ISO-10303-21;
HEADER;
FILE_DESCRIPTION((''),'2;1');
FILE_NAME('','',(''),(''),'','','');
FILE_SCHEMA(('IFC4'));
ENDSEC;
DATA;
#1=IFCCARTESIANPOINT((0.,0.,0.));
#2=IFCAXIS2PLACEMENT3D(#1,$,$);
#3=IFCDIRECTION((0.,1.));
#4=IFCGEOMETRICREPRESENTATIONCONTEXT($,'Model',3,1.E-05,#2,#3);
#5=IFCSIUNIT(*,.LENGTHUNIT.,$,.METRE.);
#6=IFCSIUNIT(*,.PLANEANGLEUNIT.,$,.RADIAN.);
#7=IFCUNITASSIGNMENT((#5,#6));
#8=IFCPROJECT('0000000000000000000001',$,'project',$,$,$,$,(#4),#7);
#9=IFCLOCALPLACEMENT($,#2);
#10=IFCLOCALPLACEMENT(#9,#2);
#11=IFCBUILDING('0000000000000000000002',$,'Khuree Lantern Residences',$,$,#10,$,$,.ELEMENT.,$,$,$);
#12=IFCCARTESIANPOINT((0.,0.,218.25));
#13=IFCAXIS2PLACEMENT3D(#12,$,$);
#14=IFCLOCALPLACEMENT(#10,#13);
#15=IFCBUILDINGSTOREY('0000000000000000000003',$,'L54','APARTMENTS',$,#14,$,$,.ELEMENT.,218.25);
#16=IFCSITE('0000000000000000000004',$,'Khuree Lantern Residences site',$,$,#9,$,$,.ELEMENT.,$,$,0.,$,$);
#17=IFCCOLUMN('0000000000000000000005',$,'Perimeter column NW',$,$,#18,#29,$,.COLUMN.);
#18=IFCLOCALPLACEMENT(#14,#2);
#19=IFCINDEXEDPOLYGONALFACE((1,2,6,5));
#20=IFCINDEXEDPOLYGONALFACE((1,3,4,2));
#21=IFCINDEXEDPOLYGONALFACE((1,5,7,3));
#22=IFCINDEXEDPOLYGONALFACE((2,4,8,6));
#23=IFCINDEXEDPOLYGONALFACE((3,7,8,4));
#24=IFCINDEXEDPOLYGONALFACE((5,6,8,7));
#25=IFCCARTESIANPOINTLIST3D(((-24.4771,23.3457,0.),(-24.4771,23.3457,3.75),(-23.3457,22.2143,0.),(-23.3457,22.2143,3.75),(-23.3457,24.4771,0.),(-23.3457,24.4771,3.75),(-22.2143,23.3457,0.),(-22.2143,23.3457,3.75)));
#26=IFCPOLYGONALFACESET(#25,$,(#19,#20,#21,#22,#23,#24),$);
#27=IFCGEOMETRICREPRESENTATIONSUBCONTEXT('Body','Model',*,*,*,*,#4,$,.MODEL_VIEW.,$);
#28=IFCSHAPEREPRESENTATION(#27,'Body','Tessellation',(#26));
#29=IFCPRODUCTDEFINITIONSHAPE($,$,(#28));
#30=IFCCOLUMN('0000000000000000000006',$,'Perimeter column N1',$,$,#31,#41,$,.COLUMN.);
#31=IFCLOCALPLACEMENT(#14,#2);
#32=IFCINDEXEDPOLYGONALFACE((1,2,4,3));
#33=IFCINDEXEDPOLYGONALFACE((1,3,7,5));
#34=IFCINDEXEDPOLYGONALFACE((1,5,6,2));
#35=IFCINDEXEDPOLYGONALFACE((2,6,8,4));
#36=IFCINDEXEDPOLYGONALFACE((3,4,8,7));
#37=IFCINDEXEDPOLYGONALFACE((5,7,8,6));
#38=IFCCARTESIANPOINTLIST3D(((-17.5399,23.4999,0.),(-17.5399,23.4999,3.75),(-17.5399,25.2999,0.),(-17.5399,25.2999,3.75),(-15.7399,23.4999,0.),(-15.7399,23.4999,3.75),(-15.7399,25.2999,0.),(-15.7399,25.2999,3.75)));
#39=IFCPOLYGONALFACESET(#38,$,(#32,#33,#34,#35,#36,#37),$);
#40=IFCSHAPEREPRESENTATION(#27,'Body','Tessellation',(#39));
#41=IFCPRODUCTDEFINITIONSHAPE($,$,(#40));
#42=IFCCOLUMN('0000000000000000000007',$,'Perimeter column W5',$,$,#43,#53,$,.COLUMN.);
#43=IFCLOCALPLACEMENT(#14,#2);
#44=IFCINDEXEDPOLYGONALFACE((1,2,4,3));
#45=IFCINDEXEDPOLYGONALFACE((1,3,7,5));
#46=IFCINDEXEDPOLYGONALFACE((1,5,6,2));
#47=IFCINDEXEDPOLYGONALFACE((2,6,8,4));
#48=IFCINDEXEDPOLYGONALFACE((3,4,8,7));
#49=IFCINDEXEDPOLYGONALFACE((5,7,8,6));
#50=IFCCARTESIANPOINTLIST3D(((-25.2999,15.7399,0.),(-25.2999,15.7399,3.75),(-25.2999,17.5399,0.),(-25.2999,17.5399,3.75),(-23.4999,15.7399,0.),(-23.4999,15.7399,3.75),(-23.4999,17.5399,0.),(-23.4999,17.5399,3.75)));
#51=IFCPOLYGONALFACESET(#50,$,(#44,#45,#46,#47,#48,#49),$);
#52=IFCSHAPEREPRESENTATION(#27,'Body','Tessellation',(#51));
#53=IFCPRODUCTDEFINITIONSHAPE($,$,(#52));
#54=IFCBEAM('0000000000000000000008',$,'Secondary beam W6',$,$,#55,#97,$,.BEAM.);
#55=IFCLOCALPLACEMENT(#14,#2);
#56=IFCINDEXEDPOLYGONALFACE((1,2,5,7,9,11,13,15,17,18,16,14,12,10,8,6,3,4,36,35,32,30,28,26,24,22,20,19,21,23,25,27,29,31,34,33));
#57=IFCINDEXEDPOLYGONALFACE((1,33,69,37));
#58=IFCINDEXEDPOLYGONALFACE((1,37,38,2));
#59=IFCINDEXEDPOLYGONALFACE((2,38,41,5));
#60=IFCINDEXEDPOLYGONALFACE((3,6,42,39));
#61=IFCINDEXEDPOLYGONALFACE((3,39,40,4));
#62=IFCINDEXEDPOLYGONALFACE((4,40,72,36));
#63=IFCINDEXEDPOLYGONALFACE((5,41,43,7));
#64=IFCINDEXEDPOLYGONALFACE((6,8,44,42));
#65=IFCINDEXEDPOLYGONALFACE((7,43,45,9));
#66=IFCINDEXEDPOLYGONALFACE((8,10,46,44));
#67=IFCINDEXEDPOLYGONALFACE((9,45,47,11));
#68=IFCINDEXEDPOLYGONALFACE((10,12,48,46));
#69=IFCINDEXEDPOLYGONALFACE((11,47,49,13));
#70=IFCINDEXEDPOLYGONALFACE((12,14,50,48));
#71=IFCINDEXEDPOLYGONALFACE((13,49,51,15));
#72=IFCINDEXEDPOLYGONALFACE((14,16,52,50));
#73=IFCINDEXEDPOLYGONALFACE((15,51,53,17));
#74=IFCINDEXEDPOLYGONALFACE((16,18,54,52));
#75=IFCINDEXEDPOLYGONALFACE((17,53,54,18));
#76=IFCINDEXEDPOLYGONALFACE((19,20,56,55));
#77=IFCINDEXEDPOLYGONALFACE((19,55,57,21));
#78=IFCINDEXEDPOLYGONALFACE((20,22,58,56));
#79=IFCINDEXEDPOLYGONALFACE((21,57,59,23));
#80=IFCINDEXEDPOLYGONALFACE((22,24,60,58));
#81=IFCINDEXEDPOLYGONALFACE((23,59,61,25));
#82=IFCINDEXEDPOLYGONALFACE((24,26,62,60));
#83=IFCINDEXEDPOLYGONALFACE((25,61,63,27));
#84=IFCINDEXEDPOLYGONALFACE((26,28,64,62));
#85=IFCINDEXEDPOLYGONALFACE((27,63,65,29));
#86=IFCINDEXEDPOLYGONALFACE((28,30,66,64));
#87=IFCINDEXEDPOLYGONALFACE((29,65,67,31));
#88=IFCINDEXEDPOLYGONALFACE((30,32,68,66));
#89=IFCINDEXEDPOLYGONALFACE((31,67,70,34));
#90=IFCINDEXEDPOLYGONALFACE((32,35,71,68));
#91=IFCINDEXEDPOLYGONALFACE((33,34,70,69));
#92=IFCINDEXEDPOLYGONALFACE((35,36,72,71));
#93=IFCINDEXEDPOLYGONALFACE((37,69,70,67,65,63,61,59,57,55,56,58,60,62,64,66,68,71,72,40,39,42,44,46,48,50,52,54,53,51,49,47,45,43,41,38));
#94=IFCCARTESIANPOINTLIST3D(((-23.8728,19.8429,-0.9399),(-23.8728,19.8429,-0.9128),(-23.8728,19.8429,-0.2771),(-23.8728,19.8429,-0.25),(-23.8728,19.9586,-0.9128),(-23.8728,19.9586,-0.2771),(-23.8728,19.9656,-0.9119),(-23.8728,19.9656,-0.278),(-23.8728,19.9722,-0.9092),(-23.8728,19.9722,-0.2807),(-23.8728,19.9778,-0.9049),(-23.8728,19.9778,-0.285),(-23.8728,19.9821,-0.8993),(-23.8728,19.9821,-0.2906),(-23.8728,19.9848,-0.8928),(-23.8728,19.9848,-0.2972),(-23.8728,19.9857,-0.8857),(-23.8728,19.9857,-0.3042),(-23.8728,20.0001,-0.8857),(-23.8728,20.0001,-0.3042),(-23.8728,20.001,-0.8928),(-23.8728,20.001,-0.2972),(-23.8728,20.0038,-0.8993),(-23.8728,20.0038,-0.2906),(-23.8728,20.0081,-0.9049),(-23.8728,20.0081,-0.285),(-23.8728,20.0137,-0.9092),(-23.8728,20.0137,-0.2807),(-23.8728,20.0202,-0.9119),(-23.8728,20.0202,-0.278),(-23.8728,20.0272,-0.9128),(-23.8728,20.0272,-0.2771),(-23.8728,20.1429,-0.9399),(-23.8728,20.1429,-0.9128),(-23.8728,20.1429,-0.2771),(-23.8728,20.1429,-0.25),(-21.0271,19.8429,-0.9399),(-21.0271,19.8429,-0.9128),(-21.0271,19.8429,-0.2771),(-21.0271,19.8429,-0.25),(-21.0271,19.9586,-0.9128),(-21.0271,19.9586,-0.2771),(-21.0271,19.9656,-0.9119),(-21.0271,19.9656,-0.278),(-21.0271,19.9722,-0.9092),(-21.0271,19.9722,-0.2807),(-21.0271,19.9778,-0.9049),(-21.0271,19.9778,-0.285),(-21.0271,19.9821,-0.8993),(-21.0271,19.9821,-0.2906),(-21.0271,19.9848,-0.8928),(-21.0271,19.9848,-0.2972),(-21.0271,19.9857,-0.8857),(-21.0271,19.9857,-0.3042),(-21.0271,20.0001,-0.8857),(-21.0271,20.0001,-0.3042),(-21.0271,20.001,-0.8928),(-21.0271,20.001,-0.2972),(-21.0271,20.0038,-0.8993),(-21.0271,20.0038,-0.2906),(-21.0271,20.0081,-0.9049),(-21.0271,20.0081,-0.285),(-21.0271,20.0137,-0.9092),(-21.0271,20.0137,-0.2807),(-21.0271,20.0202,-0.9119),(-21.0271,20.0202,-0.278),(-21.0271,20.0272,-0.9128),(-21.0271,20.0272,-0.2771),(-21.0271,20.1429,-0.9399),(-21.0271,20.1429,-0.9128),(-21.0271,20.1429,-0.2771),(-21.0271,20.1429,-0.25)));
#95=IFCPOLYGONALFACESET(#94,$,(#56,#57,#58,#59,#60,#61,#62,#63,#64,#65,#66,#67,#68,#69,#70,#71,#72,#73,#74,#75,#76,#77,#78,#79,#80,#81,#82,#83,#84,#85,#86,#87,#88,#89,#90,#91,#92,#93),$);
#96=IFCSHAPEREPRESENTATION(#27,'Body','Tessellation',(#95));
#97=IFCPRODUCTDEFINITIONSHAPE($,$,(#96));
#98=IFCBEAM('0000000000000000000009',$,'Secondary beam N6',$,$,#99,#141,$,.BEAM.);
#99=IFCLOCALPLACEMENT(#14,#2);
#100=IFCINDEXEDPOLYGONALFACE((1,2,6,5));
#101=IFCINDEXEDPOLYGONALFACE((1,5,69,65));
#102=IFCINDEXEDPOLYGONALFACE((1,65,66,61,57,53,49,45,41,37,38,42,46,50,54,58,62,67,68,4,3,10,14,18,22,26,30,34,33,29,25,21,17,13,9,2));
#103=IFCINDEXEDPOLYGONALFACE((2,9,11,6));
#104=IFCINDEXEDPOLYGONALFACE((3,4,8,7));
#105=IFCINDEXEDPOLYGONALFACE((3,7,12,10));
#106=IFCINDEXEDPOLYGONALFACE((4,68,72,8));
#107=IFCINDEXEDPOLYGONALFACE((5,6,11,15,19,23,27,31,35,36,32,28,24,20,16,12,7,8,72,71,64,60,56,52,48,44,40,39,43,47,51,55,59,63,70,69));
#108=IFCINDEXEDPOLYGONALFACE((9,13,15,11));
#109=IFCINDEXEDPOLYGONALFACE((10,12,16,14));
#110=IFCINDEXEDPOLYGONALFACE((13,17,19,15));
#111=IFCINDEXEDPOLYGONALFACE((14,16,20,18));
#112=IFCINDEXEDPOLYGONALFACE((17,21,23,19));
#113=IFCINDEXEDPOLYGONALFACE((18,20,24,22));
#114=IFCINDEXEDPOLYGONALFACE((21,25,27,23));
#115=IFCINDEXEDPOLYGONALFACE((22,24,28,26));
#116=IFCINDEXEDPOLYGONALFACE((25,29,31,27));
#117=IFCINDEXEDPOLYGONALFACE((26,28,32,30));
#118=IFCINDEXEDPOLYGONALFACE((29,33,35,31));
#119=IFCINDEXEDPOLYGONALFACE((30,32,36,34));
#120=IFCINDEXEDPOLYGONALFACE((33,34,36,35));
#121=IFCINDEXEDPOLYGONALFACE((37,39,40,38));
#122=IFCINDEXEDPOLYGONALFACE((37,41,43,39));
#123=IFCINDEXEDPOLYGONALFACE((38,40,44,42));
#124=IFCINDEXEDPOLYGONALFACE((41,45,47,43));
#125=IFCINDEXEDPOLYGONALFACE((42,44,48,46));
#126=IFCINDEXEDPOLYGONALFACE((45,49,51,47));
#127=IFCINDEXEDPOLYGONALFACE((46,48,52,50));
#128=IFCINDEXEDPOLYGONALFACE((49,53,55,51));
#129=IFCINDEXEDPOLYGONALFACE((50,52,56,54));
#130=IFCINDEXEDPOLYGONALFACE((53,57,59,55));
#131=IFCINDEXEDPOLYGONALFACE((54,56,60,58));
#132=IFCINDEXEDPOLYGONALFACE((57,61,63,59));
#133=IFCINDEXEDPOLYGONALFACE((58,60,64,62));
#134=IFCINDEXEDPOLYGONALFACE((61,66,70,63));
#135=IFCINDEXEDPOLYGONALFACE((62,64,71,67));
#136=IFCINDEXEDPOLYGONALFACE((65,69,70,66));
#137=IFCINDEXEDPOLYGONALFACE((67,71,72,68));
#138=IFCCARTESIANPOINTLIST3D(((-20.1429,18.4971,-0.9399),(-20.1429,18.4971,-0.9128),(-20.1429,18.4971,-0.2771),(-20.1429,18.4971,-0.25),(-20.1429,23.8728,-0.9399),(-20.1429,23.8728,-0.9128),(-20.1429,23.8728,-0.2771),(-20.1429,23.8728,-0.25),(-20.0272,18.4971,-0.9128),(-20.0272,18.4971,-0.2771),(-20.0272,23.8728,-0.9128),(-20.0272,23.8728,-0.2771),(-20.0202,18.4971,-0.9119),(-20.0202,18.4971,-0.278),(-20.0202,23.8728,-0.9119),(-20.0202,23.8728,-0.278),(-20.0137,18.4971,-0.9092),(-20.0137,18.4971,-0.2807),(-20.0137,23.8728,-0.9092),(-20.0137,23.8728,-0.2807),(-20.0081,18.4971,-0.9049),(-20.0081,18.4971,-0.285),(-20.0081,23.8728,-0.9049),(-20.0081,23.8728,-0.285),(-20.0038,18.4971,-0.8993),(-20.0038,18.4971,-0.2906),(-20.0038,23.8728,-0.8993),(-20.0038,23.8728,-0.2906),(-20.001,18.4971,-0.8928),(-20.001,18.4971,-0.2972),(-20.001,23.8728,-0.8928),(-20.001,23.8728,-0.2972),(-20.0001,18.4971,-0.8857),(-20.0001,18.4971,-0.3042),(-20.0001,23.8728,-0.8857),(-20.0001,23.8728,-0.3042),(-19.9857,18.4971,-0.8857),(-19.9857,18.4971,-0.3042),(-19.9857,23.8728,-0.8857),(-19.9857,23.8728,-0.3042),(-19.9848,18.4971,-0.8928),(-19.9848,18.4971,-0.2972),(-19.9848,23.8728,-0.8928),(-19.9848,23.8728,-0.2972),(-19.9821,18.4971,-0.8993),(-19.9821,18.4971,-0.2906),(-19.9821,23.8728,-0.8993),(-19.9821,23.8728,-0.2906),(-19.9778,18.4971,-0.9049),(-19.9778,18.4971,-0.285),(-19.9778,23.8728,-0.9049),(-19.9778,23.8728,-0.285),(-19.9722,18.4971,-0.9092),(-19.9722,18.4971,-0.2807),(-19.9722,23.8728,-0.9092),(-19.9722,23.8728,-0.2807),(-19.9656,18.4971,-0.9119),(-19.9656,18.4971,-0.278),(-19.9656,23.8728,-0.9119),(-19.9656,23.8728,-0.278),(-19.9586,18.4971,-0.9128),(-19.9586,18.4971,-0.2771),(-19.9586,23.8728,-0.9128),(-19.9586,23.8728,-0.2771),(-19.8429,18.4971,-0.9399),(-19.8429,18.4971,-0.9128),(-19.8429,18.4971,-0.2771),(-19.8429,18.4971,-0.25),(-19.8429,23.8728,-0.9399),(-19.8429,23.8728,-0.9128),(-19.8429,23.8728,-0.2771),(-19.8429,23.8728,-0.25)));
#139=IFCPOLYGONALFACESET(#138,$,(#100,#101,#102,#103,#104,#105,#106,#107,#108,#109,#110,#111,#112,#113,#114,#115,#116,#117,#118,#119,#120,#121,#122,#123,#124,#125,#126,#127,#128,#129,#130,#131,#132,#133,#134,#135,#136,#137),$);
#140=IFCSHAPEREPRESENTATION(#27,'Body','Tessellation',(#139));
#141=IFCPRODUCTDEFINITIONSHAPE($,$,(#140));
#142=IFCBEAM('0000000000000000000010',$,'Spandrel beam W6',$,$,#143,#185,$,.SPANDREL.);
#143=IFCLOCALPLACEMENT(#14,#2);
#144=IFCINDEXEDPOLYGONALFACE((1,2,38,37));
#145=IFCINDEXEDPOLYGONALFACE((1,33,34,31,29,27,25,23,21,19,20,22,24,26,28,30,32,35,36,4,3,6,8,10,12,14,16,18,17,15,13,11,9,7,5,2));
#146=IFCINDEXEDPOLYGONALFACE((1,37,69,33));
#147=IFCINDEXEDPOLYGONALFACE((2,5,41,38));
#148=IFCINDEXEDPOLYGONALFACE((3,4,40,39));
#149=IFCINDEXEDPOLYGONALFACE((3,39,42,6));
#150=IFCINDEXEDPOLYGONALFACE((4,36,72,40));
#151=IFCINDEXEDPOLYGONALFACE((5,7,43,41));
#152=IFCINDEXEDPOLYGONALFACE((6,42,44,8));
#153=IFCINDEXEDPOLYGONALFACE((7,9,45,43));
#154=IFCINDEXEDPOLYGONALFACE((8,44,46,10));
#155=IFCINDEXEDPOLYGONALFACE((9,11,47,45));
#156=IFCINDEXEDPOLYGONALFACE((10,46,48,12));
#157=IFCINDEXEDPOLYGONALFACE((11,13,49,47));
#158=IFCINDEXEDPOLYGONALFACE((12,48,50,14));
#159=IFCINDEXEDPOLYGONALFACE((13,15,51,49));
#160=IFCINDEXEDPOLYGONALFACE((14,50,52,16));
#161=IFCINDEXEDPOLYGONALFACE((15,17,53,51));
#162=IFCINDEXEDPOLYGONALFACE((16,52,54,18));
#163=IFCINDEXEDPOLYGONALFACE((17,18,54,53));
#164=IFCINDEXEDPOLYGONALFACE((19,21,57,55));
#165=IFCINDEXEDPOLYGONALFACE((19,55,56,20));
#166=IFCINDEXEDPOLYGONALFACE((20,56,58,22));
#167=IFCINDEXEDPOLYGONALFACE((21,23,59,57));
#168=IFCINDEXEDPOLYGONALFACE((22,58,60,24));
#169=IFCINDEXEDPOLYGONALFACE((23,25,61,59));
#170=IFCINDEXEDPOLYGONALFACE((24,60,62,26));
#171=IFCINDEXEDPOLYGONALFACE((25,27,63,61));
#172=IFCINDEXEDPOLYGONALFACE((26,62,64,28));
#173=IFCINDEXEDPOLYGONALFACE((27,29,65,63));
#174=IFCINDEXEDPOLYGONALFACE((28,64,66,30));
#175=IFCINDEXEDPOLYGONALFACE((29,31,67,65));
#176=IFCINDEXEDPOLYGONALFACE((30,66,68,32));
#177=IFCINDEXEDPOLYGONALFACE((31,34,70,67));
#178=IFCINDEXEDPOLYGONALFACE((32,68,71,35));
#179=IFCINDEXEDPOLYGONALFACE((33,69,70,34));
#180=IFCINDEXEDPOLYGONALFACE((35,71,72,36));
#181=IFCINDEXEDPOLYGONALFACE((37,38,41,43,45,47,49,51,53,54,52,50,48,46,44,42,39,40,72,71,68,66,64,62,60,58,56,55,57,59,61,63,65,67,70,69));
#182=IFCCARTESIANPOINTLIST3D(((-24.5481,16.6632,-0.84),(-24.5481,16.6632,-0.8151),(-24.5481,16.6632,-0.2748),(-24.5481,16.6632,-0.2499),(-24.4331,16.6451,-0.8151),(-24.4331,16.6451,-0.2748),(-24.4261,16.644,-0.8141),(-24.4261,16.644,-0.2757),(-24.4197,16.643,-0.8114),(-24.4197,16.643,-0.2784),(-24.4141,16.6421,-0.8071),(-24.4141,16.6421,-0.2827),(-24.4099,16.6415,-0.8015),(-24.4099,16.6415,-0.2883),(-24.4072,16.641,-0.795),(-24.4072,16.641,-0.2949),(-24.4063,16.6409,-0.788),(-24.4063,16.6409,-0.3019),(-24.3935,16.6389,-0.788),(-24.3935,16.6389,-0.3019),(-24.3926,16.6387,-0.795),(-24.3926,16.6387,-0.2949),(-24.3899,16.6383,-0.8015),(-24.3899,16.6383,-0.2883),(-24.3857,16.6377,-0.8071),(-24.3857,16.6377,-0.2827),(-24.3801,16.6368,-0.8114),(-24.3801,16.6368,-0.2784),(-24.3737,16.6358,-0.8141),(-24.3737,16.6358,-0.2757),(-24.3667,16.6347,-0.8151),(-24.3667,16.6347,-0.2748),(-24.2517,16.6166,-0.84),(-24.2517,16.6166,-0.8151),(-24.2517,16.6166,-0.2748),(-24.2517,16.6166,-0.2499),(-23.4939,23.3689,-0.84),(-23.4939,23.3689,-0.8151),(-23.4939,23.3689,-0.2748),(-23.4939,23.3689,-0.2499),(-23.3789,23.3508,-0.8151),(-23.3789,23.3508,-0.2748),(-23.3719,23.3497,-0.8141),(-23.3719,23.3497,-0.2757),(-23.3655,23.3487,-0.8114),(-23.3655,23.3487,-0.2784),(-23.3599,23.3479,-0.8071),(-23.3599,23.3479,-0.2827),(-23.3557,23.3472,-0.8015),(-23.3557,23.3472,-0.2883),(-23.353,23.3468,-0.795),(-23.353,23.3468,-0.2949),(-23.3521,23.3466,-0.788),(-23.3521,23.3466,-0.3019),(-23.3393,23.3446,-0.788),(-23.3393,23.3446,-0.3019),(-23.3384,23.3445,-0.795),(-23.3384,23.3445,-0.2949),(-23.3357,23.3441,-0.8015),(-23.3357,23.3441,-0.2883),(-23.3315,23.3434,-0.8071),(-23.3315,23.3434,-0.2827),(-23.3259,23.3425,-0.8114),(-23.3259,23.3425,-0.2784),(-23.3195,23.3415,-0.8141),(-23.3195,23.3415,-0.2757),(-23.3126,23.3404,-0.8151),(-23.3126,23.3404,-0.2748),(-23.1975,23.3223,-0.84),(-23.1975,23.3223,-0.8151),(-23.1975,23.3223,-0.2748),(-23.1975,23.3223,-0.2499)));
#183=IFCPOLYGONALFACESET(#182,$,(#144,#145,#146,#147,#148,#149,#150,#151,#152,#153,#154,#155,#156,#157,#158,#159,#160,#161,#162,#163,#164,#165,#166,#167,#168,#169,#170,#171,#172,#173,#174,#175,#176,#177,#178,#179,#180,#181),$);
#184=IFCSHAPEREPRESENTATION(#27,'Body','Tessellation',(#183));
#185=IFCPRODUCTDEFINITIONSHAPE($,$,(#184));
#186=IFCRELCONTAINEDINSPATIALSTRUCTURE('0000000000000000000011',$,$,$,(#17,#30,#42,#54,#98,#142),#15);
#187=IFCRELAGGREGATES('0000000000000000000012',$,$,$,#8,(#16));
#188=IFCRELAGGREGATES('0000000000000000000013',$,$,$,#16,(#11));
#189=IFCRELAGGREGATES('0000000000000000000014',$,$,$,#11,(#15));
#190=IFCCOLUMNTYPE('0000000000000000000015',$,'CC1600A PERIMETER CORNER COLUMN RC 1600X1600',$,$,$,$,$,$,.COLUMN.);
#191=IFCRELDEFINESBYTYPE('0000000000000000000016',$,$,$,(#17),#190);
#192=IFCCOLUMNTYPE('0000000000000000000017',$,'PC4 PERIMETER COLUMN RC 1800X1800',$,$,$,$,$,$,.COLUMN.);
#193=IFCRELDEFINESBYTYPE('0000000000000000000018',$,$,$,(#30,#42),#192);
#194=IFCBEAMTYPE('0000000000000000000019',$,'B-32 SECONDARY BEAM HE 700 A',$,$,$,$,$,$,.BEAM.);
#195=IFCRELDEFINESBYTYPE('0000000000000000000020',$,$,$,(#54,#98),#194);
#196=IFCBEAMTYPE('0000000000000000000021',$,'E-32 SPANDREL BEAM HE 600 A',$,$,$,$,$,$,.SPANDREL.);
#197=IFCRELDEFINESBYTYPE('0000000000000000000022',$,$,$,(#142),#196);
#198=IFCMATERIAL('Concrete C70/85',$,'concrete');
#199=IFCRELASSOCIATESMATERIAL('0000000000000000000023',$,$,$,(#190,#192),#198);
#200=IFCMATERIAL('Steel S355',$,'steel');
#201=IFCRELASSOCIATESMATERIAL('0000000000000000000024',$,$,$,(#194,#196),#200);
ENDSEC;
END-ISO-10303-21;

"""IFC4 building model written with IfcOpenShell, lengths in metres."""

from ifc_helpers import new_model, si_unit, direction, frame, origin, origin_2d, place, context, subcontext, project, spatial, rectangle, i_section, extrude, material, material_profile, profile_set, type_object, element, save


model = new_model("IFC4")

# Units and contexts
model_context = context("Model", 3, precision=1e-05, world=origin(), true_north=direction((0.0, 1.0)))
body_context = subcontext(model_context, "Body", "Model", "MODEL_VIEW")
ifc_project = project(units=[si_unit("LENGTHUNIT", "METRE"), si_unit("PLANEANGLEUNIT", "RADIAN")], contexts=[model_context])

# Site, building, storey
site_placement = place(None, origin())
site = spatial("IfcSite", under=ifc_project, at=site_placement, Name="Khuree Lantern Residences site", CompositionType="ELEMENT", RefElevation=0.0)
building_placement = place(site_placement, origin())
building = spatial("IfcBuilding", under=site, at=building_placement, Name="Khuree Lantern Residences", CompositionType="ELEMENT")
storey_placement = place(building_placement, frame((0.0, 0.0, 218.25)))
storey = spatial("IfcBuildingStorey", under=building, at=storey_placement, Name="L54", Description="APARTMENTS", CompositionType="ELEMENT", Elevation=218.25)

# Columns
ifc_material_1 = material(Name="Concrete C70/85", Category="concrete")
ifc_material_profile_1 = material_profile(ifc_material_1, rectangle(XDim=1.6001, YDim=1.6001, at=origin_2d()), Name="RC 1600X1600")
ifc_profile_set_1 = profile_set([ifc_material_profile_1], Name="Concrete C70/85")
column_type_1 = type_object("IfcColumnType", Name="CC1600A PERIMETER CORNER COLUMN RC 1600X1600", PredefinedType="COLUMN", material=ifc_profile_set_1)
column_placement = place(storey_placement, frame((-23.3457, 23.3457, 0.0), z_axis=(0.0, 0.0, 1.0), x_axis=(0.707107, 0.707107, 0.0)))
element("IfcColumn", 1, at=column_placement, inside=storey, type_object=column_type_1, Name="Perimeter column NW", PredefinedType="COLUMN", context=body_context, shape_type="SweptSolid", body=[
    extrude(rectangle(XDim=1.6001, YDim=1.6001, at=origin_2d()), origin(), (0.0, 0.0, 1.0), 3.75),
])
ifc_material_profile_2 = material_profile(ifc_material_1, rectangle(XDim=1.8, YDim=1.8, at=origin_2d()), Name="RC 1800X1800")
ifc_profile_set_2 = profile_set([ifc_material_profile_2], Name="Concrete C70/85")
column_type_2 = type_object("IfcColumnType", Name="PC4 PERIMETER COLUMN RC 1800X1800", PredefinedType="COLUMN", material=ifc_profile_set_2)
for number, where, z_axis, x_axis, name in (
    (2, (-16.6399, 24.3999, 0.0), (0.0, 0.0, 1.0), (1.0, 0.0, 0.0), "Perimeter column N1"),
    (3, (-24.3999, 16.6399, 0.0), (0.0, 0.0, 1.0), (0.0, 1.0, 0.0), "Perimeter column W5"),
):
    element("IfcColumn", number, at=place(storey_placement, frame(where, z_axis=z_axis, x_axis=x_axis)), inside=storey, type_object=column_type_2, Name=name, PredefinedType="COLUMN", context=body_context, shape_type="SweptSolid", body=[
        extrude(rectangle(XDim=1.8, YDim=1.8, at=origin_2d()), origin(), (0.0, 0.0, 1.0), 3.75),
    ])

# Beams
ifc_material_2 = material(Name="Steel S355", Category="steel")
ifc_material_profile_3 = material_profile(ifc_material_2, i_section(OverallWidth=0.3, OverallDepth=0.6899, WebThickness=0.0144, FlangeThickness=0.0271, FilletRadius=0.0271, at=origin_2d()), Name="HE 700 A")
ifc_profile_set_3 = profile_set([ifc_material_profile_3], Name="Steel S355")
beam_type_1 = type_object("IfcBeamType", Name="B-32 SECONDARY BEAM HE 700 A", PredefinedType="BEAM", material=ifc_profile_set_3)
beam_1_placement = place(storey_placement, frame((-23.8728, 19.9929, -0.595), z_axis=(1.0, 0.0, 0.0), x_axis=(0.0, 1.0, 0.0)))
element("IfcBeam", 4, at=beam_1_placement, inside=storey, type_object=beam_type_1, Name="Secondary beam W6", PredefinedType="BEAM", context=body_context, shape_type="SweptSolid", body=[
    extrude(i_section(OverallWidth=0.3, OverallDepth=0.6899, WebThickness=0.0144, FlangeThickness=0.0271, FilletRadius=0.0271, at=origin_2d()), origin(), (0.0, 0.0, 1.0), 2.8457),
])
beam_2_placement = place(storey_placement, frame((-19.9929, 23.8728, -0.595), z_axis=(0.0, -1.0, 0.0), x_axis=(1.0, 0.0, 0.0)))
element("IfcBeam", 5, at=beam_2_placement, inside=storey, type_object=beam_type_1, Name="Secondary beam N6", PredefinedType="BEAM", context=body_context, shape_type="SweptSolid", body=[
    extrude(i_section(OverallWidth=0.3, OverallDepth=0.6899, WebThickness=0.0144, FlangeThickness=0.0271, FilletRadius=0.0271, at=origin_2d()), origin(), (0.0, 0.0, 1.0), 5.3757),
])
ifc_material_profile_4 = material_profile(ifc_material_2, i_section(OverallWidth=0.3, OverallDepth=0.5901, WebThickness=0.0129, FlangeThickness=0.0249, FilletRadius=0.0271, at=origin_2d()), Name="HE 600 A")
ifc_profile_set_4 = profile_set([ifc_material_profile_4], Name="Steel S355")
beam_type_2 = type_object("IfcBeamType", Name="E-32 SPANDREL BEAM HE 600 A", PredefinedType="SPANDREL", material=ifc_profile_set_4)
for number, where, z_axis, x_axis, name in (
    (6, (-24.3999, 16.6399, -0.5449), (0.1553, 0.987867, 0.0), (-0.987867, 0.1553, 0.0), "Spandrel beam W6"),
):
    element("IfcBeam", number, at=place(storey_placement, frame(where, z_axis=z_axis, x_axis=x_axis)), inside=storey, type_object=beam_type_2, Name=name, PredefinedType="SPANDREL", context=body_context, shape_type="SweptSolid", body=[
        extrude(i_section(OverallWidth=0.3, OverallDepth=0.5901, WebThickness=0.0129, FlangeThickness=0.0249, FilletRadius=0.0271, at=origin_2d()), origin(), (0.0, 0.0, 1.0), 6.7881),
    ])

save(model, "model.ifc")
